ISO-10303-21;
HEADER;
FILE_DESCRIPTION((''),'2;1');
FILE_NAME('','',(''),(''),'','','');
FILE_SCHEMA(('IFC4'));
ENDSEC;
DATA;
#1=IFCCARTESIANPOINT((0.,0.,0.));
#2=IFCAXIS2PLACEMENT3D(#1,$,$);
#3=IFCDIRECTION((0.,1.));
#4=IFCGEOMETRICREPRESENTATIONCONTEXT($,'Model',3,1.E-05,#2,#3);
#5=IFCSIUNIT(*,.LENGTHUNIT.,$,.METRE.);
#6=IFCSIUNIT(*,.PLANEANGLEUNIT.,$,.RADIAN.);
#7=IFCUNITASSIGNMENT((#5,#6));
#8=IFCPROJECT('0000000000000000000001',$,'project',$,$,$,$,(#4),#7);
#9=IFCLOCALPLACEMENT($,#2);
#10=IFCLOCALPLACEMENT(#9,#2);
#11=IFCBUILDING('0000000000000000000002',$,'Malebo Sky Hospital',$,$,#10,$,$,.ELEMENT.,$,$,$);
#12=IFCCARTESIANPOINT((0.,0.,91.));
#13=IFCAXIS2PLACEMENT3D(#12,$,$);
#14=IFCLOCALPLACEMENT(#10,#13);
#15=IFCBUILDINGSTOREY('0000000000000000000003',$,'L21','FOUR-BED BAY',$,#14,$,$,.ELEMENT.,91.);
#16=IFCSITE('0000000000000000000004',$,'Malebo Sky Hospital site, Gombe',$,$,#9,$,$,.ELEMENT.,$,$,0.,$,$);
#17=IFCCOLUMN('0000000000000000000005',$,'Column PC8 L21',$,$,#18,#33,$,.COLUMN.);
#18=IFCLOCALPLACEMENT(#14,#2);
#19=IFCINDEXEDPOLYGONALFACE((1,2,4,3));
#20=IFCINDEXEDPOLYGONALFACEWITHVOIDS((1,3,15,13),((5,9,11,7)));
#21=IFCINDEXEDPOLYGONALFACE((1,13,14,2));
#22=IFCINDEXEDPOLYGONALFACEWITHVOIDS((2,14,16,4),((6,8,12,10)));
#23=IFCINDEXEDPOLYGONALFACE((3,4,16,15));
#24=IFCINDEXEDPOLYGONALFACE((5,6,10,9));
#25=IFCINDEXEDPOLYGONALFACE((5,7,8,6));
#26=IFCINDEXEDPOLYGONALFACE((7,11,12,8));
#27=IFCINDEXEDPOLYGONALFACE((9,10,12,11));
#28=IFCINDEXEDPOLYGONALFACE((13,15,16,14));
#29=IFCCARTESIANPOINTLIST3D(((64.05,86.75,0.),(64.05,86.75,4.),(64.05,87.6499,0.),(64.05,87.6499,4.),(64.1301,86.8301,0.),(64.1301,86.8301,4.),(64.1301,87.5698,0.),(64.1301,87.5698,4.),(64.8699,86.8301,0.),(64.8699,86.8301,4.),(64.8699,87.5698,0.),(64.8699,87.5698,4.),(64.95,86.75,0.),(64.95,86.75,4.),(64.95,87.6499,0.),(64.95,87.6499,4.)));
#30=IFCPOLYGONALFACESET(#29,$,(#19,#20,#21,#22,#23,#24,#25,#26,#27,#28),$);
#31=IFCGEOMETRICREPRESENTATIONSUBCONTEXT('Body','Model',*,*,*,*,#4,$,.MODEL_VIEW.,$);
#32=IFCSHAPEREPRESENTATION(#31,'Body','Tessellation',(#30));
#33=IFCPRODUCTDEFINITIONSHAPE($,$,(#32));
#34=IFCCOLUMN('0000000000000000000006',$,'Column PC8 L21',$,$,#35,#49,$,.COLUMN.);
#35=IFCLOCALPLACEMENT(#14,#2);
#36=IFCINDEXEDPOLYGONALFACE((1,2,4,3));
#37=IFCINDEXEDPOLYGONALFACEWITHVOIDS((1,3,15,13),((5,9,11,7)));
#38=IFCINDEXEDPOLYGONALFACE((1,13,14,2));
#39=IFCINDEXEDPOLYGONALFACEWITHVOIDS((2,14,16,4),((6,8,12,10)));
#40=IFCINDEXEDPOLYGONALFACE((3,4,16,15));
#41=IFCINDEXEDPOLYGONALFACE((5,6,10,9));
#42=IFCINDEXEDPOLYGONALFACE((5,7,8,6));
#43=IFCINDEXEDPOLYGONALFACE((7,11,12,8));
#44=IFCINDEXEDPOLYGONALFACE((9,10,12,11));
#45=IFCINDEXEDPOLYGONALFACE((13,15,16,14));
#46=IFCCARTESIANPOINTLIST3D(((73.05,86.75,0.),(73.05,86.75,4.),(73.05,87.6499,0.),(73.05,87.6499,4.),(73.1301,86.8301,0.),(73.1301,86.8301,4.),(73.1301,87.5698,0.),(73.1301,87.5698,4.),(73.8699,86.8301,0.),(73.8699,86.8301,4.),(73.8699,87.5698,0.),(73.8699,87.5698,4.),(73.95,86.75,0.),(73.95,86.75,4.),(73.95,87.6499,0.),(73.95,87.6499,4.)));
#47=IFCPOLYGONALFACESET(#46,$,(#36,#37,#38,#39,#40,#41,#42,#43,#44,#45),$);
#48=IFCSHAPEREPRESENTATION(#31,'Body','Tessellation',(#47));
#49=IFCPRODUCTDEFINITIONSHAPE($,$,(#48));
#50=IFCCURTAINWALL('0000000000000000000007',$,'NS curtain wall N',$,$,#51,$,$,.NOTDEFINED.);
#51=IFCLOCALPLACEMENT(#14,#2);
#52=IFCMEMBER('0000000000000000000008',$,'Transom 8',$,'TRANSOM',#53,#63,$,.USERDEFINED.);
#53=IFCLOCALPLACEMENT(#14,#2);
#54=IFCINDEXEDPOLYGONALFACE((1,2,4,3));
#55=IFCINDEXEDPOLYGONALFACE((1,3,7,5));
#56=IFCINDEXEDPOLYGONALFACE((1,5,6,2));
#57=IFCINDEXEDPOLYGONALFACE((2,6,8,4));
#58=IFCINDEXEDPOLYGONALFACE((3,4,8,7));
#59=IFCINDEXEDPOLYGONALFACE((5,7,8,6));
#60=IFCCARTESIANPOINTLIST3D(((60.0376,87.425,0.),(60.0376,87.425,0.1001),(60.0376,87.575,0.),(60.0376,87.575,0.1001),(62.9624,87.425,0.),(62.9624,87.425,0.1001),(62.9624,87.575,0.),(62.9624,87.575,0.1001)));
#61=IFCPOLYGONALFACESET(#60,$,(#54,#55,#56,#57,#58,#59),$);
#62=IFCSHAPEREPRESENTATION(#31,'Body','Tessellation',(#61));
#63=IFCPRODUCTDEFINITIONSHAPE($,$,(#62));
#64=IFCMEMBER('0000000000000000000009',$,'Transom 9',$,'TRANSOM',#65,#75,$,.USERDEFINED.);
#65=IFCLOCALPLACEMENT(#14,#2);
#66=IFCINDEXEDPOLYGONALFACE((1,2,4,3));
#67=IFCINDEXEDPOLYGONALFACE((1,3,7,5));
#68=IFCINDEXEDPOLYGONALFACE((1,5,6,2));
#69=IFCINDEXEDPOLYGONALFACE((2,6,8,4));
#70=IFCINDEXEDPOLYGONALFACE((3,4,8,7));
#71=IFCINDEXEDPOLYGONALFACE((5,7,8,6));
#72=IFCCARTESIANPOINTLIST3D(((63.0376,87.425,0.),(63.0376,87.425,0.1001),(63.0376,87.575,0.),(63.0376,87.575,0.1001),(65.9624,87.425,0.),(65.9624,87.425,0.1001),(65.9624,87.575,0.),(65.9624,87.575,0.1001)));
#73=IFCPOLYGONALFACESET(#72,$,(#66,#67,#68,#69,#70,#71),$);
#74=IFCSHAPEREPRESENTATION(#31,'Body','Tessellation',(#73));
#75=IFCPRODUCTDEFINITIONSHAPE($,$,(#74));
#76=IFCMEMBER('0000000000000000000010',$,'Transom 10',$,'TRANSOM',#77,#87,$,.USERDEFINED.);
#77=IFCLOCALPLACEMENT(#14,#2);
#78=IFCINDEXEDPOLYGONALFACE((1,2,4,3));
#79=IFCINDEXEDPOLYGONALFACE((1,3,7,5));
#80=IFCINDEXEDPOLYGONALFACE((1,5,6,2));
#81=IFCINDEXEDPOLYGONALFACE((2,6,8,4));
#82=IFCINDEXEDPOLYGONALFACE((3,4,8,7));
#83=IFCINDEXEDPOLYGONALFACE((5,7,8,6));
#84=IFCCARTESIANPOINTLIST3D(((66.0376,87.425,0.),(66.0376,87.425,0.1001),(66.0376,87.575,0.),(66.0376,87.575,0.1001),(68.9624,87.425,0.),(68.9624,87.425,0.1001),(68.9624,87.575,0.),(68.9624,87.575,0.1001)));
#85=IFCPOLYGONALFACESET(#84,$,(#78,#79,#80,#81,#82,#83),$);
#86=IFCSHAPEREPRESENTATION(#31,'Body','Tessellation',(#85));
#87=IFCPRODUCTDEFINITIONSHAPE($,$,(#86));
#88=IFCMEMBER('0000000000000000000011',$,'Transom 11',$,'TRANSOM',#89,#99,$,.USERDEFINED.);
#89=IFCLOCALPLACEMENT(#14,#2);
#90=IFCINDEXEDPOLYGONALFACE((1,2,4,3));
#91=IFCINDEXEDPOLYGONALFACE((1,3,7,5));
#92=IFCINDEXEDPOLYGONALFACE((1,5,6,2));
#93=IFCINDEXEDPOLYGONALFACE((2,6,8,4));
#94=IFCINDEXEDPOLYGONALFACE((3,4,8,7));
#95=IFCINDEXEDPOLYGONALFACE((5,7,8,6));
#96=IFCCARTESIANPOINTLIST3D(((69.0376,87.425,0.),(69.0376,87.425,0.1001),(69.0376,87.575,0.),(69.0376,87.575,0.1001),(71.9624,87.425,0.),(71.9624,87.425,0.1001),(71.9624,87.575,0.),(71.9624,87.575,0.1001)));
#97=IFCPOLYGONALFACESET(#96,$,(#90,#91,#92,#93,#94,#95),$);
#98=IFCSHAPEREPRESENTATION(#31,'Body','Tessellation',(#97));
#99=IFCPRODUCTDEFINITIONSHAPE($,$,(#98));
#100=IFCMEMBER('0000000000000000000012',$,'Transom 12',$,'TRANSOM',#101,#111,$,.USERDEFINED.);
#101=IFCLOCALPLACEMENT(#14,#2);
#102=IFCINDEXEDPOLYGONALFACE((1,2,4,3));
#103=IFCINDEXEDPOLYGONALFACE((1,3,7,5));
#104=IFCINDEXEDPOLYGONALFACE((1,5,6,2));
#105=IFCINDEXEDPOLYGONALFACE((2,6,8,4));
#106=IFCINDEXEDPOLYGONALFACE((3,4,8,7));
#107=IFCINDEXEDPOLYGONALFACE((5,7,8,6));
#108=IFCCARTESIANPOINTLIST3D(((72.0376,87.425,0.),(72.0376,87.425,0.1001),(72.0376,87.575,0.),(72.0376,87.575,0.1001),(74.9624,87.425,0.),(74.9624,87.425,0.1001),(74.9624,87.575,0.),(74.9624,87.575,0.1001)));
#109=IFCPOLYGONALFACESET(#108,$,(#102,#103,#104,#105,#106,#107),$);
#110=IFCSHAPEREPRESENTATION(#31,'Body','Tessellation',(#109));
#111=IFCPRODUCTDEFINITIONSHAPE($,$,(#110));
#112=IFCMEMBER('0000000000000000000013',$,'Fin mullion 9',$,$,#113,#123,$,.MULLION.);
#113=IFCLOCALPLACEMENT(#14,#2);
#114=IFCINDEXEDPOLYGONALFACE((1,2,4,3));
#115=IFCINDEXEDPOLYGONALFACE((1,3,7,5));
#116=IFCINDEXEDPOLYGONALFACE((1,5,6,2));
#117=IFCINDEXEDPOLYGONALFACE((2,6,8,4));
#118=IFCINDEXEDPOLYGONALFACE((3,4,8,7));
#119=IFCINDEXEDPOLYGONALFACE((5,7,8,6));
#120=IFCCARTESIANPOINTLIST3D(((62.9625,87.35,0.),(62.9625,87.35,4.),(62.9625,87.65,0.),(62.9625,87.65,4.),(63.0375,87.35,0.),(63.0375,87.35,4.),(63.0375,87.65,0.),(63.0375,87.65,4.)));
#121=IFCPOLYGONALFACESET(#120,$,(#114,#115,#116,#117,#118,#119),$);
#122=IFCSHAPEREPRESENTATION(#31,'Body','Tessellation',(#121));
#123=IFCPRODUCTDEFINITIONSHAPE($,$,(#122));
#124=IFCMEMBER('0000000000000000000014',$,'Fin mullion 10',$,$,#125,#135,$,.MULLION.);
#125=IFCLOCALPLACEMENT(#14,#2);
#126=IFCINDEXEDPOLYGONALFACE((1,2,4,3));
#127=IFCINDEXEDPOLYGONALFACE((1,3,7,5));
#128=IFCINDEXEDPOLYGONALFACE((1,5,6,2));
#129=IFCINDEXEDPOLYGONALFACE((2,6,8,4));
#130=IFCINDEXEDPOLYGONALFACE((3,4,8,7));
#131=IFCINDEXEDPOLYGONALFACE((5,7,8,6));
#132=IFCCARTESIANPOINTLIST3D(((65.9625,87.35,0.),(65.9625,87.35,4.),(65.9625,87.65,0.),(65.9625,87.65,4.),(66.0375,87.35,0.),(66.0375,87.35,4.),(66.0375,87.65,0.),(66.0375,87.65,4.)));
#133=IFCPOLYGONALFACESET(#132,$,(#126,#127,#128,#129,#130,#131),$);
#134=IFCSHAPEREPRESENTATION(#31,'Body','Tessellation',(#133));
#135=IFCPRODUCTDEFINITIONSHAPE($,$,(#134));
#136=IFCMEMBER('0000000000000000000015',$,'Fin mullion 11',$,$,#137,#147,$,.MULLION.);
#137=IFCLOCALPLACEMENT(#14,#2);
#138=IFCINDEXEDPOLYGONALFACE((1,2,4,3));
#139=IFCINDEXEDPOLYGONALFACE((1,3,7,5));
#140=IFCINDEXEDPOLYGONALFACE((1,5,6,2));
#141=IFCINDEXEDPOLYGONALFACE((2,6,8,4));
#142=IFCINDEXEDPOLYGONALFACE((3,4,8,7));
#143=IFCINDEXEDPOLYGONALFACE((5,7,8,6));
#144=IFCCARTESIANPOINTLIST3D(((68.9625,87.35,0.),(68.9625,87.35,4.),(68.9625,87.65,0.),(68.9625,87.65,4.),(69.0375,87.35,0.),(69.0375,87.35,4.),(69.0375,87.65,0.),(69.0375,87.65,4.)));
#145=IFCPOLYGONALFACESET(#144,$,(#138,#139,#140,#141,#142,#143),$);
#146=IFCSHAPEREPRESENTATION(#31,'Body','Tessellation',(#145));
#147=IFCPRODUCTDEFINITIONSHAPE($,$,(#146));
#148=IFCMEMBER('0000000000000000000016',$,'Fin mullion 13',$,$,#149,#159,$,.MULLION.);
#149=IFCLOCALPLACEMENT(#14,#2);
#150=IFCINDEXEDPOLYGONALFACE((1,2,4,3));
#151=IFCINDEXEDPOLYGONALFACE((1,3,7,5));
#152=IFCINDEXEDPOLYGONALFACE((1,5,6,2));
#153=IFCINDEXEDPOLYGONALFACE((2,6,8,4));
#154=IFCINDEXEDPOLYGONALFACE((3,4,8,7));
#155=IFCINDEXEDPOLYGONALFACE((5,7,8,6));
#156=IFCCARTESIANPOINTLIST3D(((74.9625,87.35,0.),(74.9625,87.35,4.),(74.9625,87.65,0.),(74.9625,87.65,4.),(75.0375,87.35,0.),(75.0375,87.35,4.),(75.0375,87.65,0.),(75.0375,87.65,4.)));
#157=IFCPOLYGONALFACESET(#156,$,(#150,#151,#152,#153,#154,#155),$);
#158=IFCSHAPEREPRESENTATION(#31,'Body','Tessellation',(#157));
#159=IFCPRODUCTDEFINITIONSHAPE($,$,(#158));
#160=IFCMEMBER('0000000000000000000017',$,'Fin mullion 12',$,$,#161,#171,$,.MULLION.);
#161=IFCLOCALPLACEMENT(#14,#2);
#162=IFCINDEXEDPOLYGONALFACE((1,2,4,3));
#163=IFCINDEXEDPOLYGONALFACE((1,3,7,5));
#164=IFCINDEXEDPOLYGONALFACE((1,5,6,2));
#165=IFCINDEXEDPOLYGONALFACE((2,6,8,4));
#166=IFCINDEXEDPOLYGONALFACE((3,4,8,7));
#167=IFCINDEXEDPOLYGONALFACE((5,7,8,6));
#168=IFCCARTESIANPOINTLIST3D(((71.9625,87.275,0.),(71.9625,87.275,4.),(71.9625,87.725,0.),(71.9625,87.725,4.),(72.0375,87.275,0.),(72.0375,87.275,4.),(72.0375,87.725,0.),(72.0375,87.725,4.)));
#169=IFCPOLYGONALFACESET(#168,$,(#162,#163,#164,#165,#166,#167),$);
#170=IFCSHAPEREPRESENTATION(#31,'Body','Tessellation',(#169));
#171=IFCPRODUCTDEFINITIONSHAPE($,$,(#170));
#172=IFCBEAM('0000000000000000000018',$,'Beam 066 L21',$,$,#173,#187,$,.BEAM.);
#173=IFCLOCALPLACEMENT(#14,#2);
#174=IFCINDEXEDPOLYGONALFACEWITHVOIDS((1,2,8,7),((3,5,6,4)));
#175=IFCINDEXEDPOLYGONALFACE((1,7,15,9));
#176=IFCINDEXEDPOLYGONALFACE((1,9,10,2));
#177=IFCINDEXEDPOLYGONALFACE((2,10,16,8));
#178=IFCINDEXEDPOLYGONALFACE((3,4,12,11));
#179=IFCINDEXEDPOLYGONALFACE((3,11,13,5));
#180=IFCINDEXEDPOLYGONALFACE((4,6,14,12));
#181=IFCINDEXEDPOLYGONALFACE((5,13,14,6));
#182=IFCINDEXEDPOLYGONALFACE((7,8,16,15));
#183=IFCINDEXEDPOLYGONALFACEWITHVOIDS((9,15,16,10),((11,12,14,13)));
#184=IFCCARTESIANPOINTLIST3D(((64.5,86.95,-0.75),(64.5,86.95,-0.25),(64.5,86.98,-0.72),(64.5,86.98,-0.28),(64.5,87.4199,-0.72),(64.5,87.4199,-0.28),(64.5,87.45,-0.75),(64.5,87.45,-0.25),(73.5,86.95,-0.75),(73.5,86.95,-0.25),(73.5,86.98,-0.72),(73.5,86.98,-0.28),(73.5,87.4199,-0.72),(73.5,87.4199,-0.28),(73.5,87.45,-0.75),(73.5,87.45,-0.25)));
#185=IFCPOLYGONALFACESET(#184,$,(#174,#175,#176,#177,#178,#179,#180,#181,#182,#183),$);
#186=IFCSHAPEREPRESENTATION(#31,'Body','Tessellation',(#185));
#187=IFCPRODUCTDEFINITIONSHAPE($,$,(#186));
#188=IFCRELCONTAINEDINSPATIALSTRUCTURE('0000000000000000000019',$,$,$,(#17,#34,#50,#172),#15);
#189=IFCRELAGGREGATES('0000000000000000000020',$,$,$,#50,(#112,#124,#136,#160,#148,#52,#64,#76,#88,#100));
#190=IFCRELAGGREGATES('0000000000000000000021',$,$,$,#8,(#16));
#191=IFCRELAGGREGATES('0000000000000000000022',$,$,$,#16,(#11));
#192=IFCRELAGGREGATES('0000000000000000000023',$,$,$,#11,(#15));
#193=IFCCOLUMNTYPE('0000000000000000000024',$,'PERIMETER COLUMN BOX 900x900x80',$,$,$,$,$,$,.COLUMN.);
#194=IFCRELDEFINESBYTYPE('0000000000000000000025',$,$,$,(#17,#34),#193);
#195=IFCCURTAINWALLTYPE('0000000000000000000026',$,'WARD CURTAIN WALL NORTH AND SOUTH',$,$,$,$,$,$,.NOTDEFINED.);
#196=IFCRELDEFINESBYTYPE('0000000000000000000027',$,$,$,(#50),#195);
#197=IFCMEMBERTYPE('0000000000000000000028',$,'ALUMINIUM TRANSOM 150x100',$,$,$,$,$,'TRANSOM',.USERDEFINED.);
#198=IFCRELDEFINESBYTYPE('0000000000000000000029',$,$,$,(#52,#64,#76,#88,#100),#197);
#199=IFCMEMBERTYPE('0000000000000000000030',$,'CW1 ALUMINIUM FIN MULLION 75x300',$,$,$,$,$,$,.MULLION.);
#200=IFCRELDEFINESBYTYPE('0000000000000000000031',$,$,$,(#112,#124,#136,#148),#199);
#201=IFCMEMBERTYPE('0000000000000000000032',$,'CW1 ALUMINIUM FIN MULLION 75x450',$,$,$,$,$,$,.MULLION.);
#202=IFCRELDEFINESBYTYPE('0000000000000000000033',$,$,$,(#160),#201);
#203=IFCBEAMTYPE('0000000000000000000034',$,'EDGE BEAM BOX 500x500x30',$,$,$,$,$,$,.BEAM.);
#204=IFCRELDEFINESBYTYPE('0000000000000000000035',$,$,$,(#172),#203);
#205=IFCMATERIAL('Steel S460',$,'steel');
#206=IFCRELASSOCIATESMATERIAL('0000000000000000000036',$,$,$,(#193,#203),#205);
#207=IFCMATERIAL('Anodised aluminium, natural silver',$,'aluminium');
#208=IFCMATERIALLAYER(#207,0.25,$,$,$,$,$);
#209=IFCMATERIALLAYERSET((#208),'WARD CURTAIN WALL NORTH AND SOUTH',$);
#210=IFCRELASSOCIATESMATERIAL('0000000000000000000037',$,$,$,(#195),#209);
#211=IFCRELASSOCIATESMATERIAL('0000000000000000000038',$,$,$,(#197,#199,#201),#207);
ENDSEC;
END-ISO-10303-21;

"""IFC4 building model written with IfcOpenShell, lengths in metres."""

from ifc_helpers import new_model, si_unit, direction, frame, origin, origin_2d, place, context, subcontext, project, spatial, rectangle, hollow_rectangle, extrude, material, layer, layer_set, material_profile, profile_set, type_object, element, aggregate, save


model = new_model("IFC4")

# Units and contexts
model_context = context("Model", 3, precision=1e-05, world=origin(), true_north=direction((0.0, 1.0)))
body_context = subcontext(model_context, "Body", "Model", "MODEL_VIEW")
ifc_project = project(units=[si_unit("LENGTHUNIT", "METRE"), si_unit("PLANEANGLEUNIT", "RADIAN")], contexts=[model_context])

# Site, building, storey
site_placement = place(None, origin())
site = spatial("IfcSite", under=ifc_project, at=site_placement, Name="Malebo Sky Hospital site, Gombe", CompositionType="ELEMENT", RefElevation=0.0)
building_placement = place(site_placement, origin())
building = spatial("IfcBuilding", under=site, at=building_placement, Name="Malebo Sky Hospital", CompositionType="ELEMENT")
storey_placement = place(building_placement, frame((0.0, 0.0, 91.0)))
storey = spatial("IfcBuildingStorey", under=building, at=storey_placement, Name="L21", Description="FOUR-BED BAY", CompositionType="ELEMENT", Elevation=91.0)

# Columns
ifc_material_1 = material(Name="Steel S460", Category="steel")
ifc_material_profile_1 = material_profile(ifc_material_1, hollow_rectangle(XDim=0.8999, YDim=0.8999, WallThickness=0.0801, at=origin_2d()), Name="BOX 900x900x80")
ifc_profile_set_1 = profile_set([ifc_material_profile_1], Name="Steel S460")
column_type = type_object("IfcColumnType", Name="PERIMETER COLUMN BOX 900x900x80", PredefinedType="COLUMN", material=ifc_profile_set_1)
for number, where, z_axis, x_axis, name in (
    (1, (64.5, 87.2, 0.0), (0.0, 0.0, 1.0), (1.0, 0.0, 0.0), "Column PC8 L21"),
    (2, (73.5, 87.2, 0.0), (0.0, 0.0, 1.0), (1.0, 0.0, 0.0), "Column PC8 L21"),
):
    element("IfcColumn", number, at=place(storey_placement, frame(where, z_axis=z_axis, x_axis=x_axis)), inside=storey, type_object=column_type, Name=name, PredefinedType="COLUMN", context=body_context, shape_type="SweptSolid", body=[
        extrude(hollow_rectangle(XDim=0.8999, YDim=0.8999, WallThickness=0.0801, at=origin_2d()), origin(), (0.0, 0.0, 1.0), 4.0),
    ])

# Curtain wall, members
ifc_material_2 = material(Name="Anodised aluminium, natural silver", Category="aluminium")
ifc_layer_1 = layer(ifc_material_2, 0.25)
ifc_layer_set_1 = layer_set([ifc_layer_1], Name="WARD CURTAIN WALL NORTH AND SOUTH")
curtain_wall_type = type_object("IfcCurtainWallType", Name="WARD CURTAIN WALL NORTH AND SOUTH", PredefinedType="NOTDEFINED", material=ifc_layer_set_1)
curtain_wall_placement = place(storey_placement, origin())
curtain_wall = element("IfcCurtainWall", 3, at=curtain_wall_placement, inside=storey, type_object=curtain_wall_type, Name="NS curtain wall N", PredefinedType="NOTDEFINED")
ifc_material_profile_2 = material_profile(ifc_material_2, rectangle(XDim=0.1499, YDim=0.1001, at=origin_2d()), Name="ALUMINIUM TRANSOM 150x100")
ifc_profile_set_2 = profile_set([ifc_material_profile_2], Name="Anodised aluminium, natural silver")
member_type_1 = type_object("IfcMemberType", Name="ALUMINIUM TRANSOM 150x100", ElementType="TRANSOM", PredefinedType="USERDEFINED", material=ifc_profile_set_2)
member_1_placement = place(storey_placement, frame((60.0376, 87.5, 0.05), z_axis=(1.0, 0.0, 0.0), x_axis=(0.0, 1.0, 0.0)))
member_1 = element("IfcMember", 4, at=member_1_placement, type_object=member_type_1, Name="Transom 8", ObjectType="TRANSOM", PredefinedType="USERDEFINED", context=body_context, shape_type="SweptSolid", body=[
    extrude(rectangle(XDim=0.1499, YDim=0.1001, at=origin_2d()), origin(), (0.0, 0.0, 1.0), 2.9248),
])
member_2_placement = place(storey_placement, frame((63.0376, 87.5, 0.05), z_axis=(1.0, 0.0, 0.0), x_axis=(0.0, 1.0, 0.0)))
member_2 = element("IfcMember", 5, at=member_2_placement, type_object=member_type_1, Name="Transom 9", ObjectType="TRANSOM", PredefinedType="USERDEFINED", context=body_context, shape_type="SweptSolid", body=[
    extrude(rectangle(XDim=0.1499, YDim=0.1001, at=origin_2d()), origin(), (0.0, 0.0, 1.0), 2.9248),
])
member_3_placement = place(storey_placement, frame((66.0376, 87.5, 0.05), z_axis=(1.0, 0.0, 0.0), x_axis=(0.0, 1.0, 0.0)))
member_3 = element("IfcMember", 6, at=member_3_placement, type_object=member_type_1, Name="Transom 10", ObjectType="TRANSOM", PredefinedType="USERDEFINED", context=body_context, shape_type="SweptSolid", body=[
    extrude(rectangle(XDim=0.1499, YDim=0.1001, at=origin_2d()), origin(), (0.0, 0.0, 1.0), 2.9248),
])
member_4_placement = place(storey_placement, frame((69.0376, 87.5, 0.05), z_axis=(1.0, 0.0, 0.0), x_axis=(0.0, 1.0, 0.0)))
member_4 = element("IfcMember", 7, at=member_4_placement, type_object=member_type_1, Name="Transom 11", ObjectType="TRANSOM", PredefinedType="USERDEFINED", context=body_context, shape_type="SweptSolid", body=[
    extrude(rectangle(XDim=0.1499, YDim=0.1001, at=origin_2d()), origin(), (0.0, 0.0, 1.0), 2.9248),
])
member_5_placement = place(storey_placement, frame((72.0376, 87.5, 0.05), z_axis=(1.0, 0.0, 0.0), x_axis=(0.0, 1.0, 0.0)))
member_5 = element("IfcMember", 8, at=member_5_placement, type_object=member_type_1, Name="Transom 12", ObjectType="TRANSOM", PredefinedType="USERDEFINED", context=body_context, shape_type="SweptSolid", body=[
    extrude(rectangle(XDim=0.1499, YDim=0.1001, at=origin_2d()), origin(), (0.0, 0.0, 1.0), 2.9248),
])
ifc_material_profile_3 = material_profile(ifc_material_2, rectangle(XDim=0.075, YDim=0.3, at=origin_2d()), Name="CW1 ALUMINIUM FIN MULLION 75x300")
ifc_profile_set_3 = profile_set([ifc_material_profile_3], Name="Anodised aluminium, natural silver")
member_type_2 = type_object("IfcMemberType", Name="CW1 ALUMINIUM FIN MULLION 75x300", PredefinedType="MULLION", material=ifc_profile_set_3)
member_6_placement = place(storey_placement, frame((63.0, 87.5, 0.0), z_axis=(0.0, 0.0, 1.0), x_axis=(1.0, 0.0, 0.0)))
member_6 = element("IfcMember", 9, at=member_6_placement, type_object=member_type_2, Name="Fin mullion 9", PredefinedType="MULLION", context=body_context, shape_type="SweptSolid", body=[
    extrude(rectangle(XDim=0.075, YDim=0.3, at=origin_2d()), origin(), (0.0, 0.0, 1.0), 4.0),
])
member_7_placement = place(storey_placement, frame((66.0, 87.5, 0.0), z_axis=(0.0, 0.0, 1.0), x_axis=(1.0, 0.0, 0.0)))
member_7 = element("IfcMember", 10, at=member_7_placement, type_object=member_type_2, Name="Fin mullion 10", PredefinedType="MULLION", context=body_context, shape_type="SweptSolid", body=[
    extrude(rectangle(XDim=0.075, YDim=0.3, at=origin_2d()), origin(), (0.0, 0.0, 1.0), 4.0),
])
member_8_placement = place(storey_placement, frame((69.0, 87.5, 0.0), z_axis=(0.0, 0.0, 1.0), x_axis=(1.0, 0.0, 0.0)))
member_8 = element("IfcMember", 11, at=member_8_placement, type_object=member_type_2, Name="Fin mullion 11", PredefinedType="MULLION", context=body_context, shape_type="SweptSolid", body=[
    extrude(rectangle(XDim=0.075, YDim=0.3, at=origin_2d()), origin(), (0.0, 0.0, 1.0), 4.0),
])
member_9_placement = place(storey_placement, frame((75.0, 87.5, 0.0), z_axis=(0.0, 0.0, 1.0), x_axis=(1.0, 0.0, 0.0)))
member_9 = element("IfcMember", 12, at=member_9_placement, type_object=member_type_2, Name="Fin mullion 13", PredefinedType="MULLION", context=body_context, shape_type="SweptSolid", body=[
    extrude(rectangle(XDim=0.075, YDim=0.3, at=origin_2d()), origin(), (0.0, 0.0, 1.0), 4.0),
])
ifc_material_profile_4 = material_profile(ifc_material_2, rectangle(XDim=0.075, YDim=0.45, at=origin_2d()), Name="CW1 ALUMINIUM FIN MULLION 75x450")
ifc_profile_set_4 = profile_set([ifc_material_profile_4], Name="Anodised aluminium, natural silver")
member_type_3 = type_object("IfcMemberType", Name="CW1 ALUMINIUM FIN MULLION 75x450", PredefinedType="MULLION", material=ifc_profile_set_4)
member_10_placement = place(storey_placement, frame((72.0, 87.5, 0.0), z_axis=(0.0, 0.0, 1.0), x_axis=(1.0, 0.0, 0.0)))
member_10 = element("IfcMember", 13, at=member_10_placement, type_object=member_type_3, Name="Fin mullion 12", PredefinedType="MULLION", context=body_context, shape_type="SweptSolid", body=[
    extrude(rectangle(XDim=0.075, YDim=0.45, at=origin_2d()), origin(), (0.0, 0.0, 1.0), 4.0),
])

# Beam
ifc_material_profile_5 = material_profile(ifc_material_1, hollow_rectangle(XDim=0.5, YDim=0.5, WallThickness=0.03, at=origin_2d()), Name="BOX 500x500x30")
ifc_profile_set_5 = profile_set([ifc_material_profile_5], Name="Steel S460")
beam_type_1 = type_object("IfcBeamType", Name="EDGE BEAM BOX 500x500x30", PredefinedType="BEAM", material=ifc_profile_set_5)
beam_1_placement = place(storey_placement, frame((64.5, 87.2, -0.5), z_axis=(1.0, 0.0, 0.0), x_axis=(0.0, 1.0, 0.0)))
element("IfcBeam", 14, at=beam_1_placement, inside=storey, type_object=beam_type_1, Name="Beam 066 L21", PredefinedType="BEAM", context=body_context, shape_type="SweptSolid", body=[
    extrude(hollow_rectangle(XDim=0.5, YDim=0.5, WallThickness=0.03, at=origin_2d()), origin(), (0.0, 0.0, 1.0), 9.0),
])

aggregate(curtain_wall, [member_6, member_7, member_8, member_10, member_9, member_1, member_2, member_3, member_4, member_5])

save(model, "model.ifc")
